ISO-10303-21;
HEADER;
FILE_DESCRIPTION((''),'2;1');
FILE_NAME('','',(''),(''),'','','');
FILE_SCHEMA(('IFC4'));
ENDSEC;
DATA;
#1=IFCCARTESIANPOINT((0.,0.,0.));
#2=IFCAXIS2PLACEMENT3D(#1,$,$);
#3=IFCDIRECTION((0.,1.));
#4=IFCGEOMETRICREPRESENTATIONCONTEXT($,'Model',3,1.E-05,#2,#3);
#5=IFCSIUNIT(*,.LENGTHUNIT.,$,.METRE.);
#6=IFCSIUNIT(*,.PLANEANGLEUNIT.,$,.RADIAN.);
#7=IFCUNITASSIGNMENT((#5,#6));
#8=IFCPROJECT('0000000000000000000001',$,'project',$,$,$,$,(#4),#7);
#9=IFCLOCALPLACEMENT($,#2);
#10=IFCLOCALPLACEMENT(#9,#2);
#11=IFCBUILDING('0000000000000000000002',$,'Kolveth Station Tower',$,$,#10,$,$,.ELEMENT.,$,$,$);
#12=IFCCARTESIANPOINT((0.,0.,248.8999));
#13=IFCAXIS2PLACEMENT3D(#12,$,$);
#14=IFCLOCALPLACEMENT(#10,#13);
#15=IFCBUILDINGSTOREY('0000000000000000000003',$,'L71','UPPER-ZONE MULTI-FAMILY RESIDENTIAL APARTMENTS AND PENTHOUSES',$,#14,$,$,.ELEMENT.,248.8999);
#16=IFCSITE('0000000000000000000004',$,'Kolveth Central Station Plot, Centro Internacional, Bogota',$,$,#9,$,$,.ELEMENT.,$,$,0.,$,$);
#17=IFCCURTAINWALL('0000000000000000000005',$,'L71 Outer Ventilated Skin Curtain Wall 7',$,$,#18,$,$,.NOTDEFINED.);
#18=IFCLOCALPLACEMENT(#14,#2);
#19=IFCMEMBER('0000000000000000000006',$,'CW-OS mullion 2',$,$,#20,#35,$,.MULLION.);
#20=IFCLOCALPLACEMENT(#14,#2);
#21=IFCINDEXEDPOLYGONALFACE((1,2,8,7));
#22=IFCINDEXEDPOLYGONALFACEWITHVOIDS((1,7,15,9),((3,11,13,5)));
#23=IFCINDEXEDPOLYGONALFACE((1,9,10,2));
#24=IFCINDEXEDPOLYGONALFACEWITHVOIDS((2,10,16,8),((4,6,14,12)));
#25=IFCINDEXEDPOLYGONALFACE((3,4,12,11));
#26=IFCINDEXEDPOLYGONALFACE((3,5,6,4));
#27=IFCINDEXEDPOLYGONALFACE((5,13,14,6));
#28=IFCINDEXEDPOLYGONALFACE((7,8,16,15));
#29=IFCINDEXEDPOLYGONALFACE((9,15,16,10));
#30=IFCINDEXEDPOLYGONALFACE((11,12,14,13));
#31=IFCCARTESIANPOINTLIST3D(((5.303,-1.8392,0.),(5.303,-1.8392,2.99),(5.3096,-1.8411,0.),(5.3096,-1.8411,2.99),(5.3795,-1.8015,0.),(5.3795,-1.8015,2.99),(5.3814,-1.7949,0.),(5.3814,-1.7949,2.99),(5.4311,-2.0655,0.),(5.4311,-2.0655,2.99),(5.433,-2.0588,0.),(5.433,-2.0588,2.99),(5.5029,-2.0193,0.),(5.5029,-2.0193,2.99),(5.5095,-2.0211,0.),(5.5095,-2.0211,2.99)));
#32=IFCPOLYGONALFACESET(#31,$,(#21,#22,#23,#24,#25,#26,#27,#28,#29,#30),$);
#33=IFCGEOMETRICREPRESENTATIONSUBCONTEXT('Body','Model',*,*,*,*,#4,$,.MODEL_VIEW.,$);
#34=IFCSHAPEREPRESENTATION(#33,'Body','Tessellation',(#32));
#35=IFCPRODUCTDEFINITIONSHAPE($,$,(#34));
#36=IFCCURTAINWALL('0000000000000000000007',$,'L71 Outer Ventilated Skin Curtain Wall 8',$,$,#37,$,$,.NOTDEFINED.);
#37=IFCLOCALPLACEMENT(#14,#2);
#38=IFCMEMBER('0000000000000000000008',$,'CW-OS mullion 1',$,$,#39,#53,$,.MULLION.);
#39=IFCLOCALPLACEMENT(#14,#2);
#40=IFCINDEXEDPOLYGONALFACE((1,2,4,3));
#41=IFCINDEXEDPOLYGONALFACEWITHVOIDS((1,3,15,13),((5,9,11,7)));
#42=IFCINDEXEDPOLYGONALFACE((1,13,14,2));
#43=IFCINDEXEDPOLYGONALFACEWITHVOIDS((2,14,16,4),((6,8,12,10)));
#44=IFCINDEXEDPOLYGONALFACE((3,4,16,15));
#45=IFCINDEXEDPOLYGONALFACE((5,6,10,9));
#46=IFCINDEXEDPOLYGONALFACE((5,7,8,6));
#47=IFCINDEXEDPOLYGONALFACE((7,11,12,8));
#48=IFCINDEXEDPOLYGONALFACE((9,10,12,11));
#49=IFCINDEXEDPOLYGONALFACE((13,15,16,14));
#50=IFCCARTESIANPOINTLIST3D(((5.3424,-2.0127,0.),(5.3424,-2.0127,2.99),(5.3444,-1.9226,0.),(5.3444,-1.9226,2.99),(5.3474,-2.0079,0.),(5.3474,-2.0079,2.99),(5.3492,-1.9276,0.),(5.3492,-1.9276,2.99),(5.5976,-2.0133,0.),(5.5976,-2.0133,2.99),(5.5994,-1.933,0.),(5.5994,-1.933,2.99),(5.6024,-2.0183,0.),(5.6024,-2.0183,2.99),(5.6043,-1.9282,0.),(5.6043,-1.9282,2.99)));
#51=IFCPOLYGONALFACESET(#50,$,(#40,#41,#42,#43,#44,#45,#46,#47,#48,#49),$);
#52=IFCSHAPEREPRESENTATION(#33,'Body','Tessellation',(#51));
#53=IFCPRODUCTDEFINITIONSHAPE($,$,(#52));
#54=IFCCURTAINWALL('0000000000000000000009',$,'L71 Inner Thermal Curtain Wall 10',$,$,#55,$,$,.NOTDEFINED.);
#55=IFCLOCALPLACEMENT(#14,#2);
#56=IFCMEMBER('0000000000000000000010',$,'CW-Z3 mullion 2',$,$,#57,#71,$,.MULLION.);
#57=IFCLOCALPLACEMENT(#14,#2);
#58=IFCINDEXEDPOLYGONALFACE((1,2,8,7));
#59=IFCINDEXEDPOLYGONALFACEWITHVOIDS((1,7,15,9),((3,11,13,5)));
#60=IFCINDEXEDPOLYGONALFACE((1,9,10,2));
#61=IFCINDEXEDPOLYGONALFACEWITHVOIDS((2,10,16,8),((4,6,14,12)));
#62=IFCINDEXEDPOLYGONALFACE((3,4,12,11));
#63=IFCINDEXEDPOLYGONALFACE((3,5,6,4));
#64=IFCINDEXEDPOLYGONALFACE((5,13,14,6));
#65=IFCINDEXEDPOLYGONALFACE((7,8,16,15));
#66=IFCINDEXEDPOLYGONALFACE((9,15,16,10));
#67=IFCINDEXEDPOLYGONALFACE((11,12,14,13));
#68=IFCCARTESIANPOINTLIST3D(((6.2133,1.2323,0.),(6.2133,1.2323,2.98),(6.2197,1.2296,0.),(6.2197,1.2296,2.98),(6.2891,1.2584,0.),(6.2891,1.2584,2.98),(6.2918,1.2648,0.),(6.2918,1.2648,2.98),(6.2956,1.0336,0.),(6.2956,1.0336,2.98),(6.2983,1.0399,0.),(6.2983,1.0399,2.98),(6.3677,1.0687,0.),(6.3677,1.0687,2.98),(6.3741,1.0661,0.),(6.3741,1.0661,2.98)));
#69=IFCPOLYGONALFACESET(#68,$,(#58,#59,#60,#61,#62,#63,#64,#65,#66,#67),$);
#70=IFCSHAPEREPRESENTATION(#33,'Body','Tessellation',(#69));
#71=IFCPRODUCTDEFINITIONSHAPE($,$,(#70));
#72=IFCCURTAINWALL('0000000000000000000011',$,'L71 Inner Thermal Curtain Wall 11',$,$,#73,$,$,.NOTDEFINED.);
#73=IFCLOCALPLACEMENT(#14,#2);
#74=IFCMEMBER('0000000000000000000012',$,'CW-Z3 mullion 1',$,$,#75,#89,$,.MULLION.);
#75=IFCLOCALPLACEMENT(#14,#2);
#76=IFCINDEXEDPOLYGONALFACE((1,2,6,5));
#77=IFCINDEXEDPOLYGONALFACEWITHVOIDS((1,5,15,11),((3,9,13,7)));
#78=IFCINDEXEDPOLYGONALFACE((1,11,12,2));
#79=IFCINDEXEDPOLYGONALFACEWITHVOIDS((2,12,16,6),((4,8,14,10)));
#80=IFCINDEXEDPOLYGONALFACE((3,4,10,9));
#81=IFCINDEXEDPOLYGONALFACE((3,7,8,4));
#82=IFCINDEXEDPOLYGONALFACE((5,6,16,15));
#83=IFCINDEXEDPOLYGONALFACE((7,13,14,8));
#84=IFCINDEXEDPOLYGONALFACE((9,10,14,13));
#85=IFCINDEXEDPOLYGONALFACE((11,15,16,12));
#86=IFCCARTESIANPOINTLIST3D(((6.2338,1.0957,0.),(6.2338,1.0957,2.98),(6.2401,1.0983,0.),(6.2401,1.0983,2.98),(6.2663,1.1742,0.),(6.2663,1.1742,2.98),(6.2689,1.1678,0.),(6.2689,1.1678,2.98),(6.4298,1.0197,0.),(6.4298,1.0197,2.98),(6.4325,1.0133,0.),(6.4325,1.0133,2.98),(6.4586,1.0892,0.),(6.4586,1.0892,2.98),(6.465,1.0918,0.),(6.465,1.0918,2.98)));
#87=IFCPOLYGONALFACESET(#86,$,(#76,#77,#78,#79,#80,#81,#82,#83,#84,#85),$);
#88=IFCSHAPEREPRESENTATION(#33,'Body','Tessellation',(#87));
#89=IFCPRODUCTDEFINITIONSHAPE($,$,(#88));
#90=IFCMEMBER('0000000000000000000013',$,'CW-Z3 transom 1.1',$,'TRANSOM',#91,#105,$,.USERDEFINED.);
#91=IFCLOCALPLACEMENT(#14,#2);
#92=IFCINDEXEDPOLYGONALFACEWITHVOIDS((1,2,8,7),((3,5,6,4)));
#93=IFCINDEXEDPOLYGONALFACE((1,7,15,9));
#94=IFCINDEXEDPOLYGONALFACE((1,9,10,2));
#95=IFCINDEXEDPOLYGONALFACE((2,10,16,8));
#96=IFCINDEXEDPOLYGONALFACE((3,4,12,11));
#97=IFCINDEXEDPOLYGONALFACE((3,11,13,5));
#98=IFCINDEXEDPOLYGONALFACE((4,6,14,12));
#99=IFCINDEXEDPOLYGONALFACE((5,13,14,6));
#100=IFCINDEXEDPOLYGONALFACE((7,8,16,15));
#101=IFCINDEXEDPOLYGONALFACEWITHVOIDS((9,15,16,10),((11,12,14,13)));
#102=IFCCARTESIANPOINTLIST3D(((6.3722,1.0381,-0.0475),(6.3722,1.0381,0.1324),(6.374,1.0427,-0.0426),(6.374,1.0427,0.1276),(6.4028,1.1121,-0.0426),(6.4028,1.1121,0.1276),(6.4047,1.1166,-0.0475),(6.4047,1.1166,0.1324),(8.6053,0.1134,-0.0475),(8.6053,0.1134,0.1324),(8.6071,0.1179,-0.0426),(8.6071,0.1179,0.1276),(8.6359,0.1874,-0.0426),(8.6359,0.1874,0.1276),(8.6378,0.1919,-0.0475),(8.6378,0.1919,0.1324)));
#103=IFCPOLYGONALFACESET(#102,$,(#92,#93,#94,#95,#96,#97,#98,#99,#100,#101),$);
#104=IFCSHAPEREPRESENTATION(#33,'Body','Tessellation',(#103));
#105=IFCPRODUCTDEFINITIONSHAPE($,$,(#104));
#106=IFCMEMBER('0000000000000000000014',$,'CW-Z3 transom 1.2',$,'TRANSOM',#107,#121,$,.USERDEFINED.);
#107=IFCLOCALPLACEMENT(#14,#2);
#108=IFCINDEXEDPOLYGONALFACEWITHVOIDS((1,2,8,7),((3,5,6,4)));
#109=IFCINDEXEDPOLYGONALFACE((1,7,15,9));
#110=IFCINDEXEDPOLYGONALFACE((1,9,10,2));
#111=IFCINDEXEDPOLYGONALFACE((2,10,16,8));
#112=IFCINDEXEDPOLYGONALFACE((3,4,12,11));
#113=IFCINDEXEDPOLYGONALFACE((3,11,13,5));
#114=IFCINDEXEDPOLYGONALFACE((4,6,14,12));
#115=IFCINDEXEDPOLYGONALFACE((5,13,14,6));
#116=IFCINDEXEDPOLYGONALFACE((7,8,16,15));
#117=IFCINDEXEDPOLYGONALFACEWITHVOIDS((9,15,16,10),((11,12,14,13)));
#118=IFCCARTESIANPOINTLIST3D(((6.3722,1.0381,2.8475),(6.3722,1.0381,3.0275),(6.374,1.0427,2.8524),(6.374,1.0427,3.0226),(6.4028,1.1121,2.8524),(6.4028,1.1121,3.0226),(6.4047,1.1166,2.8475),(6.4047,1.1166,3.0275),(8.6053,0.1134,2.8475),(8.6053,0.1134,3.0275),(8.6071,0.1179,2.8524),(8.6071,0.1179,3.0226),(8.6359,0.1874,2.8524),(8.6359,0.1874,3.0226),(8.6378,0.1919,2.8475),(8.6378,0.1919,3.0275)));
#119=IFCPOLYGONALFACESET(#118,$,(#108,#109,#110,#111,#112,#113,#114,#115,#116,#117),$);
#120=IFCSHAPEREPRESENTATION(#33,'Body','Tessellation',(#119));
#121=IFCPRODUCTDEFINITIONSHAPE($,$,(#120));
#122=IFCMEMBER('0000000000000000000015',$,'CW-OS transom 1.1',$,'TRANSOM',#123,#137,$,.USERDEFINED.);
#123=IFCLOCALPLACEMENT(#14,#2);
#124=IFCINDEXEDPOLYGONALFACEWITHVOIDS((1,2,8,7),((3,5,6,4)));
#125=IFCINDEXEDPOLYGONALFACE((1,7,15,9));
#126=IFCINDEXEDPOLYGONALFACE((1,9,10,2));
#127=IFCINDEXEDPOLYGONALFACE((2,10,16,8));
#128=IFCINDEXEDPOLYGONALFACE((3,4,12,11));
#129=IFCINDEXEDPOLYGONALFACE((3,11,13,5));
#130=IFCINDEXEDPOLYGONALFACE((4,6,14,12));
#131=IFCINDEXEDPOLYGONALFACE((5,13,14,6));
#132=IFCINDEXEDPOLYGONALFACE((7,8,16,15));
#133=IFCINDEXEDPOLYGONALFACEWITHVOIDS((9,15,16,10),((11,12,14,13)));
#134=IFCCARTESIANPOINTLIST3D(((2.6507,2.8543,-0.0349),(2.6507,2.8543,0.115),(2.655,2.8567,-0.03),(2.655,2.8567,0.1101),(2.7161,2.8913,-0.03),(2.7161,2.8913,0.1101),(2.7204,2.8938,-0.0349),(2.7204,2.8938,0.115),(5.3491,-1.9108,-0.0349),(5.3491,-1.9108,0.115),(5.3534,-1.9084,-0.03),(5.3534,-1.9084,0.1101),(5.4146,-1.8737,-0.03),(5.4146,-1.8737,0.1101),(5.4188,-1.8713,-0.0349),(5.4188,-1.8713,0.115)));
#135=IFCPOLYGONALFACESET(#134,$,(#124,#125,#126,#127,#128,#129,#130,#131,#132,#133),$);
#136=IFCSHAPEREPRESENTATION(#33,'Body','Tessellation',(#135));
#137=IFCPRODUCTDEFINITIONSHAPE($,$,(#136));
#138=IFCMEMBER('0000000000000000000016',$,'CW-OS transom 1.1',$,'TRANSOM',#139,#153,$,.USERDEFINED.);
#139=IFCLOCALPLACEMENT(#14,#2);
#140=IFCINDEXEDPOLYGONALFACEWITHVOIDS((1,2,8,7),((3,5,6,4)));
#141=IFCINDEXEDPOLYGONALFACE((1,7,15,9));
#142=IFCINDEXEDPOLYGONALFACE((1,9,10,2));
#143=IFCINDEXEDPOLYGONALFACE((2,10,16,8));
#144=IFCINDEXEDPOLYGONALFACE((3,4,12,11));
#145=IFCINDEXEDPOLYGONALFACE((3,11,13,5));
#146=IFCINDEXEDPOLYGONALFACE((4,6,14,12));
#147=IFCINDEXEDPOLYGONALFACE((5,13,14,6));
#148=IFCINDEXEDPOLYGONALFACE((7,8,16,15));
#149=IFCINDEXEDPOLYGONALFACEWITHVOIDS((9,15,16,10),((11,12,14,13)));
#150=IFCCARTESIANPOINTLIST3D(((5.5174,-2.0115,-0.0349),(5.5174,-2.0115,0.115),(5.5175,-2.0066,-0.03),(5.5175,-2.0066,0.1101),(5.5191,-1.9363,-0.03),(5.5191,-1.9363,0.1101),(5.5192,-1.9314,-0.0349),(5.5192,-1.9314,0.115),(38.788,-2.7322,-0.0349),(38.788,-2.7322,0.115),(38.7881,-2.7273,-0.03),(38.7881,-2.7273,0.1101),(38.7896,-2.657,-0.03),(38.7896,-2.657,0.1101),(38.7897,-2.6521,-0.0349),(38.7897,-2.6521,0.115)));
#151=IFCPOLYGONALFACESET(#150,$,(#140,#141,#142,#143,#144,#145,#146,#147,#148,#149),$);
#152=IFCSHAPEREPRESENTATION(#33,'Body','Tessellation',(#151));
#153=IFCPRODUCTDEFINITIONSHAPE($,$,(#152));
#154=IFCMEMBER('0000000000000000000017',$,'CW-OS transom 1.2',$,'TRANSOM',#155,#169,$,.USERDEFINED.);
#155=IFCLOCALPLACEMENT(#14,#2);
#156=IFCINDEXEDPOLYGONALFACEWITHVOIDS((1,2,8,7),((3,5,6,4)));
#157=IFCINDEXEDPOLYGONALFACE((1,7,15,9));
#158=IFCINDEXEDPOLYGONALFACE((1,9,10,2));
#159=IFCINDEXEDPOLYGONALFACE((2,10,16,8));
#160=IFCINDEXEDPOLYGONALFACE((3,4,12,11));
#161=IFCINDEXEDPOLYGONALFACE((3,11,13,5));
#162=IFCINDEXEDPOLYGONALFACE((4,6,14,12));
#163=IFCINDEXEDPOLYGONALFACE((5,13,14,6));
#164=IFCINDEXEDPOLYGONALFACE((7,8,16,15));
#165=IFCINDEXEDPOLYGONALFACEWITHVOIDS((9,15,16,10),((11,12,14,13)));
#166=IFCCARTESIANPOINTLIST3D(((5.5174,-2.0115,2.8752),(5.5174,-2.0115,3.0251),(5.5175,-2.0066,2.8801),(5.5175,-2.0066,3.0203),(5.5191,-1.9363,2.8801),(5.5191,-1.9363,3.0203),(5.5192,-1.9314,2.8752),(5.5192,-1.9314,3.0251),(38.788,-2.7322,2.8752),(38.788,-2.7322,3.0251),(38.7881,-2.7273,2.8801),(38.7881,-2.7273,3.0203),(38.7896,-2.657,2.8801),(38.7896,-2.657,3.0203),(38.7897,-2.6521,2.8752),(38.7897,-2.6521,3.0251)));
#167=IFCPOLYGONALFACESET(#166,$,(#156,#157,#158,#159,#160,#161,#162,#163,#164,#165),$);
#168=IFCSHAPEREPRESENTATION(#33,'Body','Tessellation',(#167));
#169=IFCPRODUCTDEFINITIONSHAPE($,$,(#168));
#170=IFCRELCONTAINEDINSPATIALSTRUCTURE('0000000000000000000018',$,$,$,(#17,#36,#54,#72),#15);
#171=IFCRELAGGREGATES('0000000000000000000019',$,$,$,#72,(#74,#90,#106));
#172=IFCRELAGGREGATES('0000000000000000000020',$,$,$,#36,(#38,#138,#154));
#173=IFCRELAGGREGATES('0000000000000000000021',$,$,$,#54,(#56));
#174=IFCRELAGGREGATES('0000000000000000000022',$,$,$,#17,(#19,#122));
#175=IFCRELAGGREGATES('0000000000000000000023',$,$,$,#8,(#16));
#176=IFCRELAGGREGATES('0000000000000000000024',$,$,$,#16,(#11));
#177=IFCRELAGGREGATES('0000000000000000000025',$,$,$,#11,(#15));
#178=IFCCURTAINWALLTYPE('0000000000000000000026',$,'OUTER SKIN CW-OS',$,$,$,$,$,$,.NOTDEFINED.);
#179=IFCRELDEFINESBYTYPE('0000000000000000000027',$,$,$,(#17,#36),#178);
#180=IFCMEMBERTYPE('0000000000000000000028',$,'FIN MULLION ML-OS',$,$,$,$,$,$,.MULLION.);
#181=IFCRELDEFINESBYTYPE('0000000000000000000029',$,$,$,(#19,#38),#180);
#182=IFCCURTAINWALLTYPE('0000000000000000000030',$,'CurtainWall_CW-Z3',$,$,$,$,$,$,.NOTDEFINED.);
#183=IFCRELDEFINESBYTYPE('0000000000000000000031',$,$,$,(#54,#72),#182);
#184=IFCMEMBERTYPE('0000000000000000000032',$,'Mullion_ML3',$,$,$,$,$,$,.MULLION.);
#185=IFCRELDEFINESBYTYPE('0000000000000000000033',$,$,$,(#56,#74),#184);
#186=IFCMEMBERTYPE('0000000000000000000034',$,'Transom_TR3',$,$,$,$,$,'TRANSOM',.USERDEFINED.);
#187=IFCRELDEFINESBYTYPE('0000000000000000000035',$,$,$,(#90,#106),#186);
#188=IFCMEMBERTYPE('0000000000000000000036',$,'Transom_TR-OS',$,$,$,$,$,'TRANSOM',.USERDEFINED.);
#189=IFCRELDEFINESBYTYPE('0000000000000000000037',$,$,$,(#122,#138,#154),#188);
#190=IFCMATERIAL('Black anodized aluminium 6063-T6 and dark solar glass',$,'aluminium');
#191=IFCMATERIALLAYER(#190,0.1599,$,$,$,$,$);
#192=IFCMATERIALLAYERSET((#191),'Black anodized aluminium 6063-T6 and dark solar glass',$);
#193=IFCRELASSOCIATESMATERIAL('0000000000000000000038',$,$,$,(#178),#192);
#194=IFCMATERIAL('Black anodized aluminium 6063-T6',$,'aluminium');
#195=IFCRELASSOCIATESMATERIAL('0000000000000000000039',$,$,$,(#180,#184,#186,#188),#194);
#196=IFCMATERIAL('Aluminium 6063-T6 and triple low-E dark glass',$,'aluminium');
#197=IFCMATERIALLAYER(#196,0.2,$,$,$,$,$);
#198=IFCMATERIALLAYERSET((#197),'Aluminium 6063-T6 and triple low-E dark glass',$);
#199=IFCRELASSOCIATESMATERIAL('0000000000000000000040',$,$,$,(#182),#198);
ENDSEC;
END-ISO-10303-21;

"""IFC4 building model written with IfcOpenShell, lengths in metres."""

from ifc_helpers import new_model, si_unit, direction, frame, origin, origin_2d, place, context, subcontext, project, spatial, hollow_rectangle, extrude, source, transform, mapped, material, layer, layer_set, material_profile, profile_set, type_object, element, aggregate, save


model = new_model("IFC4")

# Units and contexts
model_context = context("Model", 3, precision=1e-05, world=origin(), true_north=direction((0.0, 1.0)))
body_context = subcontext(model_context, "Body", "Model", "MODEL_VIEW")
ifc_project = project(units=[si_unit("LENGTHUNIT", "METRE"), si_unit("PLANEANGLEUNIT", "RADIAN")], contexts=[model_context])

# Site, building, storey
site_placement = place(None, origin())
site = spatial("IfcSite", under=ifc_project, at=site_placement, Name="Kolveth Central Station Plot, Centro Internacional, Bogota", CompositionType="ELEMENT", RefElevation=0.0)
building_placement = place(site_placement, origin())
building = spatial("IfcBuilding", under=site, at=building_placement, Name="Kolveth Station Tower", CompositionType="ELEMENT")
storey_placement = place(building_placement, frame((0.0, 0.0, 248.8999)))
storey = spatial("IfcBuildingStorey", under=building, at=storey_placement, Name="L71", Description="UPPER-ZONE MULTI-FAMILY RESIDENTIAL APARTMENTS AND PENTHOUSES", CompositionType="ELEMENT", Elevation=248.8999)

# Curtain walls, members
ifc_material_1 = material(Name="Black anodized aluminium 6063-T6 and dark solar glass", Category="aluminium")
ifc_layer_1 = layer(ifc_material_1, 0.1599)
ifc_layer_set_1 = layer_set([ifc_layer_1], Name="Black anodized aluminium 6063-T6 and dark solar glass")
curtain_wall_type_1 = type_object("IfcCurtainWallType", Name="OUTER SKIN CW-OS", PredefinedType="NOTDEFINED", material=ifc_layer_set_1)
curtain_wall_1_placement = place(storey_placement, origin())
curtain_wall_1 = element("IfcCurtainWall", 1, at=curtain_wall_1_placement, inside=storey, type_object=curtain_wall_type_1, Name="L71 Outer Ventilated Skin Curtain Wall 7", PredefinedType="NOTDEFINED")
ifc_material_2 = material(Name="Black anodized aluminium 6063-T6", Category="aluminium")
ifc_material_profile_1 = material_profile(ifc_material_2, hollow_rectangle(XDim=0.0901, YDim=0.26, WallThickness=0.0049, at=origin_2d()), Name="ALU-90x260x5")
ifc_profile_set_1 = profile_set([ifc_material_profile_1], Name="Black anodized aluminium 6063-T6")
member_type_1 = type_object("IfcMemberType", Name="FIN MULLION ML-OS", PredefinedType="MULLION", material=ifc_profile_set_1)
shared_shape_1 = source(origin(), body_context, "Body", "SweptSolid", [
    extrude(hollow_rectangle(XDim=0.0901, YDim=0.26, WallThickness=0.0049, at=origin_2d()), origin(), (0.0, 0.0, 1.0), 2.99),
])
member_1_placement = place(storey_placement, frame((5.4062, -1.9302, 0.0), z_axis=(0.0, 0.0, 1.0), x_axis=(0.87016, 0.492769, 0.0)))
member_1 = element("IfcMember", 2, at=member_1_placement, type_object=member_type_1, Name="CW-OS mullion 2", PredefinedType="MULLION", context=body_context, shape_type="MappedRepresentation", body=[
    mapped(shared_shape_1, transform((0.0, 0.0, 0.0), x_axis=(1.0, 0.0, 0.0), y_axis=(0.0, 1.0, 0.0), z_axis=(0.0, 0.0, 1.0), scale=1.0)),
])
curtain_wall_2_placement = place(storey_placement, origin())
curtain_wall_2 = element("IfcCurtainWall", 3, at=curtain_wall_2_placement, inside=storey, type_object=curtain_wall_type_1, Name="L71 Outer Ventilated Skin Curtain Wall 8", PredefinedType="NOTDEFINED")
member_2_placement = place(storey_placement, frame((5.4734, -1.9705, 0.0), z_axis=(0.0, 0.0, 1.0), x_axis=(0.021663, 0.999765, 0.0)))
member_2 = element("IfcMember", 4, at=member_2_placement, type_object=member_type_1, Name="CW-OS mullion 1", PredefinedType="MULLION", context=body_context, shape_type="MappedRepresentation", body=[
    mapped(shared_shape_1, transform((0.0, 0.0, 0.0), x_axis=(1.0, 0.0, 0.0), y_axis=(0.0, 1.0, 0.0), z_axis=(0.0, 0.0, 1.0), scale=1.0)),
])
ifc_material_3 = material(Name="Aluminium 6063-T6 and triple low-E dark glass", Category="aluminium")
ifc_layer_2 = layer(ifc_material_3, 0.2)
ifc_layer_set_2 = layer_set([ifc_layer_2], Name="Aluminium 6063-T6 and triple low-E dark glass")
curtain_wall_type_2 = type_object("IfcCurtainWallType", Name="CurtainWall_CW-Z3", PredefinedType="NOTDEFINED", material=ifc_layer_set_2)
curtain_wall_3_placement = place(storey_placement, origin())
curtain_wall_3 = element("IfcCurtainWall", 5, at=curtain_wall_3_placement, inside=storey, type_object=curtain_wall_type_2, Name="L71 Inner Thermal Curtain Wall 10", PredefinedType="NOTDEFINED")
ifc_material_profile_2 = material_profile(ifc_material_2, hollow_rectangle(XDim=0.085, YDim=0.2151, WallThickness=0.0049, at=origin_2d()), Name="ALU-85x215x5")
ifc_profile_set_2 = profile_set([ifc_material_profile_2], Name="Black anodized aluminium 6063-T6")
member_type_2 = type_object("IfcMemberType", Name="Mullion_ML3", PredefinedType="MULLION", material=ifc_profile_set_2)
shared_shape_2 = source(origin(), body_context, "Body", "SweptSolid", [
    extrude(hollow_rectangle(XDim=0.085, YDim=0.2151, WallThickness=0.0049, at=origin_2d()), origin(), (0.0, 0.0, 1.0), 2.98),
])
member_3_placement = place(storey_placement, frame((6.2937, 1.1492, 0.0), z_axis=(0.0, 0.0, 1.0), x_axis=(0.923875, 0.382693, 0.0)))
member_3 = element("IfcMember", 6, at=member_3_placement, type_object=member_type_2, Name="CW-Z3 mullion 2", PredefinedType="MULLION", context=body_context, shape_type="MappedRepresentation", body=[
    mapped(shared_shape_2, transform((0.0, 0.0, 0.0), x_axis=(1.0, 0.0, 0.0), y_axis=(0.0, 1.0, 0.0), z_axis=(0.0, 0.0, 1.0), scale=1.0)),
])

# Curtain wall, members
curtain_wall_4_placement = place(storey_placement, origin())
curtain_wall_4 = element("IfcCurtainWall", 7, at=curtain_wall_4_placement, inside=storey, type_object=curtain_wall_type_2, Name="L71 Inner Thermal Curtain Wall 11", PredefinedType="NOTDEFINED")
member_4_placement = place(storey_placement, frame((6.3494, 1.0938, 0.0), z_axis=(0.0, 0.0, 1.0), x_axis=(0.382693, 0.923875, 0.0)))
member_4 = element("IfcMember", 8, at=member_4_placement, type_object=member_type_2, Name="CW-Z3 mullion 1", PredefinedType="MULLION", context=body_context, shape_type="MappedRepresentation", body=[
    mapped(shared_shape_2, transform((0.0, 0.0, 0.0), x_axis=(1.0, 0.0, 0.0), y_axis=(0.0, 1.0, 0.0), z_axis=(0.0, 0.0, 1.0), scale=1.0)),
])
ifc_material_profile_3 = material_profile(ifc_material_2, hollow_rectangle(XDim=0.085, YDim=0.1799, WallThickness=0.0049, at=origin_2d()), Name="ALU-85x180x5")
ifc_profile_set_3 = profile_set([ifc_material_profile_3], Name="Black anodized aluminium 6063-T6")
member_type_3 = type_object("IfcMemberType", Name="Transom_TR3", ElementType="TRANSOM", PredefinedType="USERDEFINED", material=ifc_profile_set_3)
shared_shape_3 = source(origin(), body_context, "Body", "SweptSolid", [
    extrude(hollow_rectangle(XDim=0.085, YDim=0.1799, WallThickness=0.0049, at=origin_2d()), origin(), (0.0, 0.0, 1.0), 2.417),
])
member_5_placement = place(storey_placement, frame((6.3884, 1.0774, 0.0425), z_axis=(0.923909, -0.382613, 0.0), x_axis=(0.382613, 0.923909, 0.0)))
member_5 = element("IfcMember", 9, at=member_5_placement, type_object=member_type_3, Name="CW-Z3 transom 1.1", ObjectType="TRANSOM", PredefinedType="USERDEFINED", context=body_context, shape_type="MappedRepresentation", body=[
    mapped(shared_shape_3, transform((0.0, 0.0, 0.0), x_axis=(1.0, 0.0, 0.0), y_axis=(0.0, 1.0, 0.0), z_axis=(0.0, 0.0, 1.0), scale=1.0)),
])
member_6_placement = place(storey_placement, frame((6.3884, 1.0774, 2.9375), z_axis=(0.923909, -0.382613, 0.0), x_axis=(0.382613, 0.923909, 0.0)))
member_6 = element("IfcMember", 10, at=member_6_placement, type_object=member_type_3, Name="CW-Z3 transom 1.2", ObjectType="TRANSOM", PredefinedType="USERDEFINED", context=body_context, shape_type="MappedRepresentation", body=[
    mapped(shared_shape_3, transform((0.0, 0.0, 0.0), x_axis=(1.0, 0.0, 0.0), y_axis=(0.0, 1.0, 0.0), z_axis=(0.0, 0.0, 1.0), scale=1.0)),
])
aggregate(curtain_wall_4, [member_4, member_5, member_6])

# Members
ifc_material_profile_4 = material_profile(ifc_material_2, hollow_rectangle(XDim=0.0801, YDim=0.1499, WallThickness=0.0049, at=origin_2d()), Name="ALU-80x150x5")
ifc_profile_set_4 = profile_set([ifc_material_profile_4], Name="Black anodized aluminium 6063-T6")
member_type_4 = type_object("IfcMemberType", Name="Transom_TR-OS", ElementType="TRANSOM", PredefinedType="USERDEFINED", material=ifc_profile_set_4)
shared_shape_4 = source(origin(), body_context, "Body", "SweptSolid", [
    extrude(hollow_rectangle(XDim=0.0801, YDim=0.1499, WallThickness=0.0049, at=origin_2d()), origin(), (0.0, 0.0, 1.0), 5.4761),
])
member_7_placement = place(storey_placement, frame((2.6855, 2.874, 0.04), z_axis=(0.49277, -0.87016, 0.0), x_axis=(0.87016, 0.49277, 0.0)))
member_7 = element("IfcMember", 11, at=member_7_placement, type_object=member_type_4, Name="CW-OS transom 1.1", ObjectType="TRANSOM", PredefinedType="USERDEFINED", context=body_context, shape_type="MappedRepresentation", body=[
    mapped(shared_shape_4, transform((0.0, 0.0, 0.0), x_axis=(1.0, 0.0, 0.0), y_axis=(0.0, 1.0, 0.0), z_axis=(0.0, 0.0, 1.0), scale=1.0)),
])
shared_shape_5 = source(origin(), body_context, "Body", "SweptSolid", [
    extrude(hollow_rectangle(XDim=0.0801, YDim=0.1499, WallThickness=0.0049, at=origin_2d()), origin(), (0.0, 0.0, 1.0), 33.2783),
])
member_8_placement = place(storey_placement, frame((5.5183, -1.9714, 0.04), z_axis=(0.999765, -0.021657, 0.0), x_axis=(0.021657, 0.999765, 0.0)))
member_8 = element("IfcMember", 12, at=member_8_placement, type_object=member_type_4, Name="CW-OS transom 1.1", ObjectType="TRANSOM", PredefinedType="USERDEFINED", context=body_context, shape_type="MappedRepresentation", body=[
    mapped(shared_shape_5, transform((0.0, 0.0, 0.0), x_axis=(1.0, 0.0, 0.0), y_axis=(0.0, 1.0, 0.0), z_axis=(0.0, 0.0, 1.0), scale=1.0)),
])
member_9_placement = place(storey_placement, frame((5.5183, -1.9714, 2.9502), z_axis=(0.999765, -0.021657, 0.0), x_axis=(0.021657, 0.999765, 0.0)))
member_9 = element("IfcMember", 13, at=member_9_placement, type_object=member_type_4, Name="CW-OS transom 1.2", ObjectType="TRANSOM", PredefinedType="USERDEFINED", context=body_context, shape_type="MappedRepresentation", body=[
    mapped(shared_shape_5, transform((0.0, 0.0, 0.0), x_axis=(1.0, 0.0, 0.0), y_axis=(0.0, 1.0, 0.0), z_axis=(0.0, 0.0, 1.0), scale=1.0)),
])
aggregate(curtain_wall_2, [member_2, member_8, member_9])

aggregate(curtain_wall_3, [member_3])
aggregate(curtain_wall_1, [member_1, member_7])

save(model, "model.ifc")
